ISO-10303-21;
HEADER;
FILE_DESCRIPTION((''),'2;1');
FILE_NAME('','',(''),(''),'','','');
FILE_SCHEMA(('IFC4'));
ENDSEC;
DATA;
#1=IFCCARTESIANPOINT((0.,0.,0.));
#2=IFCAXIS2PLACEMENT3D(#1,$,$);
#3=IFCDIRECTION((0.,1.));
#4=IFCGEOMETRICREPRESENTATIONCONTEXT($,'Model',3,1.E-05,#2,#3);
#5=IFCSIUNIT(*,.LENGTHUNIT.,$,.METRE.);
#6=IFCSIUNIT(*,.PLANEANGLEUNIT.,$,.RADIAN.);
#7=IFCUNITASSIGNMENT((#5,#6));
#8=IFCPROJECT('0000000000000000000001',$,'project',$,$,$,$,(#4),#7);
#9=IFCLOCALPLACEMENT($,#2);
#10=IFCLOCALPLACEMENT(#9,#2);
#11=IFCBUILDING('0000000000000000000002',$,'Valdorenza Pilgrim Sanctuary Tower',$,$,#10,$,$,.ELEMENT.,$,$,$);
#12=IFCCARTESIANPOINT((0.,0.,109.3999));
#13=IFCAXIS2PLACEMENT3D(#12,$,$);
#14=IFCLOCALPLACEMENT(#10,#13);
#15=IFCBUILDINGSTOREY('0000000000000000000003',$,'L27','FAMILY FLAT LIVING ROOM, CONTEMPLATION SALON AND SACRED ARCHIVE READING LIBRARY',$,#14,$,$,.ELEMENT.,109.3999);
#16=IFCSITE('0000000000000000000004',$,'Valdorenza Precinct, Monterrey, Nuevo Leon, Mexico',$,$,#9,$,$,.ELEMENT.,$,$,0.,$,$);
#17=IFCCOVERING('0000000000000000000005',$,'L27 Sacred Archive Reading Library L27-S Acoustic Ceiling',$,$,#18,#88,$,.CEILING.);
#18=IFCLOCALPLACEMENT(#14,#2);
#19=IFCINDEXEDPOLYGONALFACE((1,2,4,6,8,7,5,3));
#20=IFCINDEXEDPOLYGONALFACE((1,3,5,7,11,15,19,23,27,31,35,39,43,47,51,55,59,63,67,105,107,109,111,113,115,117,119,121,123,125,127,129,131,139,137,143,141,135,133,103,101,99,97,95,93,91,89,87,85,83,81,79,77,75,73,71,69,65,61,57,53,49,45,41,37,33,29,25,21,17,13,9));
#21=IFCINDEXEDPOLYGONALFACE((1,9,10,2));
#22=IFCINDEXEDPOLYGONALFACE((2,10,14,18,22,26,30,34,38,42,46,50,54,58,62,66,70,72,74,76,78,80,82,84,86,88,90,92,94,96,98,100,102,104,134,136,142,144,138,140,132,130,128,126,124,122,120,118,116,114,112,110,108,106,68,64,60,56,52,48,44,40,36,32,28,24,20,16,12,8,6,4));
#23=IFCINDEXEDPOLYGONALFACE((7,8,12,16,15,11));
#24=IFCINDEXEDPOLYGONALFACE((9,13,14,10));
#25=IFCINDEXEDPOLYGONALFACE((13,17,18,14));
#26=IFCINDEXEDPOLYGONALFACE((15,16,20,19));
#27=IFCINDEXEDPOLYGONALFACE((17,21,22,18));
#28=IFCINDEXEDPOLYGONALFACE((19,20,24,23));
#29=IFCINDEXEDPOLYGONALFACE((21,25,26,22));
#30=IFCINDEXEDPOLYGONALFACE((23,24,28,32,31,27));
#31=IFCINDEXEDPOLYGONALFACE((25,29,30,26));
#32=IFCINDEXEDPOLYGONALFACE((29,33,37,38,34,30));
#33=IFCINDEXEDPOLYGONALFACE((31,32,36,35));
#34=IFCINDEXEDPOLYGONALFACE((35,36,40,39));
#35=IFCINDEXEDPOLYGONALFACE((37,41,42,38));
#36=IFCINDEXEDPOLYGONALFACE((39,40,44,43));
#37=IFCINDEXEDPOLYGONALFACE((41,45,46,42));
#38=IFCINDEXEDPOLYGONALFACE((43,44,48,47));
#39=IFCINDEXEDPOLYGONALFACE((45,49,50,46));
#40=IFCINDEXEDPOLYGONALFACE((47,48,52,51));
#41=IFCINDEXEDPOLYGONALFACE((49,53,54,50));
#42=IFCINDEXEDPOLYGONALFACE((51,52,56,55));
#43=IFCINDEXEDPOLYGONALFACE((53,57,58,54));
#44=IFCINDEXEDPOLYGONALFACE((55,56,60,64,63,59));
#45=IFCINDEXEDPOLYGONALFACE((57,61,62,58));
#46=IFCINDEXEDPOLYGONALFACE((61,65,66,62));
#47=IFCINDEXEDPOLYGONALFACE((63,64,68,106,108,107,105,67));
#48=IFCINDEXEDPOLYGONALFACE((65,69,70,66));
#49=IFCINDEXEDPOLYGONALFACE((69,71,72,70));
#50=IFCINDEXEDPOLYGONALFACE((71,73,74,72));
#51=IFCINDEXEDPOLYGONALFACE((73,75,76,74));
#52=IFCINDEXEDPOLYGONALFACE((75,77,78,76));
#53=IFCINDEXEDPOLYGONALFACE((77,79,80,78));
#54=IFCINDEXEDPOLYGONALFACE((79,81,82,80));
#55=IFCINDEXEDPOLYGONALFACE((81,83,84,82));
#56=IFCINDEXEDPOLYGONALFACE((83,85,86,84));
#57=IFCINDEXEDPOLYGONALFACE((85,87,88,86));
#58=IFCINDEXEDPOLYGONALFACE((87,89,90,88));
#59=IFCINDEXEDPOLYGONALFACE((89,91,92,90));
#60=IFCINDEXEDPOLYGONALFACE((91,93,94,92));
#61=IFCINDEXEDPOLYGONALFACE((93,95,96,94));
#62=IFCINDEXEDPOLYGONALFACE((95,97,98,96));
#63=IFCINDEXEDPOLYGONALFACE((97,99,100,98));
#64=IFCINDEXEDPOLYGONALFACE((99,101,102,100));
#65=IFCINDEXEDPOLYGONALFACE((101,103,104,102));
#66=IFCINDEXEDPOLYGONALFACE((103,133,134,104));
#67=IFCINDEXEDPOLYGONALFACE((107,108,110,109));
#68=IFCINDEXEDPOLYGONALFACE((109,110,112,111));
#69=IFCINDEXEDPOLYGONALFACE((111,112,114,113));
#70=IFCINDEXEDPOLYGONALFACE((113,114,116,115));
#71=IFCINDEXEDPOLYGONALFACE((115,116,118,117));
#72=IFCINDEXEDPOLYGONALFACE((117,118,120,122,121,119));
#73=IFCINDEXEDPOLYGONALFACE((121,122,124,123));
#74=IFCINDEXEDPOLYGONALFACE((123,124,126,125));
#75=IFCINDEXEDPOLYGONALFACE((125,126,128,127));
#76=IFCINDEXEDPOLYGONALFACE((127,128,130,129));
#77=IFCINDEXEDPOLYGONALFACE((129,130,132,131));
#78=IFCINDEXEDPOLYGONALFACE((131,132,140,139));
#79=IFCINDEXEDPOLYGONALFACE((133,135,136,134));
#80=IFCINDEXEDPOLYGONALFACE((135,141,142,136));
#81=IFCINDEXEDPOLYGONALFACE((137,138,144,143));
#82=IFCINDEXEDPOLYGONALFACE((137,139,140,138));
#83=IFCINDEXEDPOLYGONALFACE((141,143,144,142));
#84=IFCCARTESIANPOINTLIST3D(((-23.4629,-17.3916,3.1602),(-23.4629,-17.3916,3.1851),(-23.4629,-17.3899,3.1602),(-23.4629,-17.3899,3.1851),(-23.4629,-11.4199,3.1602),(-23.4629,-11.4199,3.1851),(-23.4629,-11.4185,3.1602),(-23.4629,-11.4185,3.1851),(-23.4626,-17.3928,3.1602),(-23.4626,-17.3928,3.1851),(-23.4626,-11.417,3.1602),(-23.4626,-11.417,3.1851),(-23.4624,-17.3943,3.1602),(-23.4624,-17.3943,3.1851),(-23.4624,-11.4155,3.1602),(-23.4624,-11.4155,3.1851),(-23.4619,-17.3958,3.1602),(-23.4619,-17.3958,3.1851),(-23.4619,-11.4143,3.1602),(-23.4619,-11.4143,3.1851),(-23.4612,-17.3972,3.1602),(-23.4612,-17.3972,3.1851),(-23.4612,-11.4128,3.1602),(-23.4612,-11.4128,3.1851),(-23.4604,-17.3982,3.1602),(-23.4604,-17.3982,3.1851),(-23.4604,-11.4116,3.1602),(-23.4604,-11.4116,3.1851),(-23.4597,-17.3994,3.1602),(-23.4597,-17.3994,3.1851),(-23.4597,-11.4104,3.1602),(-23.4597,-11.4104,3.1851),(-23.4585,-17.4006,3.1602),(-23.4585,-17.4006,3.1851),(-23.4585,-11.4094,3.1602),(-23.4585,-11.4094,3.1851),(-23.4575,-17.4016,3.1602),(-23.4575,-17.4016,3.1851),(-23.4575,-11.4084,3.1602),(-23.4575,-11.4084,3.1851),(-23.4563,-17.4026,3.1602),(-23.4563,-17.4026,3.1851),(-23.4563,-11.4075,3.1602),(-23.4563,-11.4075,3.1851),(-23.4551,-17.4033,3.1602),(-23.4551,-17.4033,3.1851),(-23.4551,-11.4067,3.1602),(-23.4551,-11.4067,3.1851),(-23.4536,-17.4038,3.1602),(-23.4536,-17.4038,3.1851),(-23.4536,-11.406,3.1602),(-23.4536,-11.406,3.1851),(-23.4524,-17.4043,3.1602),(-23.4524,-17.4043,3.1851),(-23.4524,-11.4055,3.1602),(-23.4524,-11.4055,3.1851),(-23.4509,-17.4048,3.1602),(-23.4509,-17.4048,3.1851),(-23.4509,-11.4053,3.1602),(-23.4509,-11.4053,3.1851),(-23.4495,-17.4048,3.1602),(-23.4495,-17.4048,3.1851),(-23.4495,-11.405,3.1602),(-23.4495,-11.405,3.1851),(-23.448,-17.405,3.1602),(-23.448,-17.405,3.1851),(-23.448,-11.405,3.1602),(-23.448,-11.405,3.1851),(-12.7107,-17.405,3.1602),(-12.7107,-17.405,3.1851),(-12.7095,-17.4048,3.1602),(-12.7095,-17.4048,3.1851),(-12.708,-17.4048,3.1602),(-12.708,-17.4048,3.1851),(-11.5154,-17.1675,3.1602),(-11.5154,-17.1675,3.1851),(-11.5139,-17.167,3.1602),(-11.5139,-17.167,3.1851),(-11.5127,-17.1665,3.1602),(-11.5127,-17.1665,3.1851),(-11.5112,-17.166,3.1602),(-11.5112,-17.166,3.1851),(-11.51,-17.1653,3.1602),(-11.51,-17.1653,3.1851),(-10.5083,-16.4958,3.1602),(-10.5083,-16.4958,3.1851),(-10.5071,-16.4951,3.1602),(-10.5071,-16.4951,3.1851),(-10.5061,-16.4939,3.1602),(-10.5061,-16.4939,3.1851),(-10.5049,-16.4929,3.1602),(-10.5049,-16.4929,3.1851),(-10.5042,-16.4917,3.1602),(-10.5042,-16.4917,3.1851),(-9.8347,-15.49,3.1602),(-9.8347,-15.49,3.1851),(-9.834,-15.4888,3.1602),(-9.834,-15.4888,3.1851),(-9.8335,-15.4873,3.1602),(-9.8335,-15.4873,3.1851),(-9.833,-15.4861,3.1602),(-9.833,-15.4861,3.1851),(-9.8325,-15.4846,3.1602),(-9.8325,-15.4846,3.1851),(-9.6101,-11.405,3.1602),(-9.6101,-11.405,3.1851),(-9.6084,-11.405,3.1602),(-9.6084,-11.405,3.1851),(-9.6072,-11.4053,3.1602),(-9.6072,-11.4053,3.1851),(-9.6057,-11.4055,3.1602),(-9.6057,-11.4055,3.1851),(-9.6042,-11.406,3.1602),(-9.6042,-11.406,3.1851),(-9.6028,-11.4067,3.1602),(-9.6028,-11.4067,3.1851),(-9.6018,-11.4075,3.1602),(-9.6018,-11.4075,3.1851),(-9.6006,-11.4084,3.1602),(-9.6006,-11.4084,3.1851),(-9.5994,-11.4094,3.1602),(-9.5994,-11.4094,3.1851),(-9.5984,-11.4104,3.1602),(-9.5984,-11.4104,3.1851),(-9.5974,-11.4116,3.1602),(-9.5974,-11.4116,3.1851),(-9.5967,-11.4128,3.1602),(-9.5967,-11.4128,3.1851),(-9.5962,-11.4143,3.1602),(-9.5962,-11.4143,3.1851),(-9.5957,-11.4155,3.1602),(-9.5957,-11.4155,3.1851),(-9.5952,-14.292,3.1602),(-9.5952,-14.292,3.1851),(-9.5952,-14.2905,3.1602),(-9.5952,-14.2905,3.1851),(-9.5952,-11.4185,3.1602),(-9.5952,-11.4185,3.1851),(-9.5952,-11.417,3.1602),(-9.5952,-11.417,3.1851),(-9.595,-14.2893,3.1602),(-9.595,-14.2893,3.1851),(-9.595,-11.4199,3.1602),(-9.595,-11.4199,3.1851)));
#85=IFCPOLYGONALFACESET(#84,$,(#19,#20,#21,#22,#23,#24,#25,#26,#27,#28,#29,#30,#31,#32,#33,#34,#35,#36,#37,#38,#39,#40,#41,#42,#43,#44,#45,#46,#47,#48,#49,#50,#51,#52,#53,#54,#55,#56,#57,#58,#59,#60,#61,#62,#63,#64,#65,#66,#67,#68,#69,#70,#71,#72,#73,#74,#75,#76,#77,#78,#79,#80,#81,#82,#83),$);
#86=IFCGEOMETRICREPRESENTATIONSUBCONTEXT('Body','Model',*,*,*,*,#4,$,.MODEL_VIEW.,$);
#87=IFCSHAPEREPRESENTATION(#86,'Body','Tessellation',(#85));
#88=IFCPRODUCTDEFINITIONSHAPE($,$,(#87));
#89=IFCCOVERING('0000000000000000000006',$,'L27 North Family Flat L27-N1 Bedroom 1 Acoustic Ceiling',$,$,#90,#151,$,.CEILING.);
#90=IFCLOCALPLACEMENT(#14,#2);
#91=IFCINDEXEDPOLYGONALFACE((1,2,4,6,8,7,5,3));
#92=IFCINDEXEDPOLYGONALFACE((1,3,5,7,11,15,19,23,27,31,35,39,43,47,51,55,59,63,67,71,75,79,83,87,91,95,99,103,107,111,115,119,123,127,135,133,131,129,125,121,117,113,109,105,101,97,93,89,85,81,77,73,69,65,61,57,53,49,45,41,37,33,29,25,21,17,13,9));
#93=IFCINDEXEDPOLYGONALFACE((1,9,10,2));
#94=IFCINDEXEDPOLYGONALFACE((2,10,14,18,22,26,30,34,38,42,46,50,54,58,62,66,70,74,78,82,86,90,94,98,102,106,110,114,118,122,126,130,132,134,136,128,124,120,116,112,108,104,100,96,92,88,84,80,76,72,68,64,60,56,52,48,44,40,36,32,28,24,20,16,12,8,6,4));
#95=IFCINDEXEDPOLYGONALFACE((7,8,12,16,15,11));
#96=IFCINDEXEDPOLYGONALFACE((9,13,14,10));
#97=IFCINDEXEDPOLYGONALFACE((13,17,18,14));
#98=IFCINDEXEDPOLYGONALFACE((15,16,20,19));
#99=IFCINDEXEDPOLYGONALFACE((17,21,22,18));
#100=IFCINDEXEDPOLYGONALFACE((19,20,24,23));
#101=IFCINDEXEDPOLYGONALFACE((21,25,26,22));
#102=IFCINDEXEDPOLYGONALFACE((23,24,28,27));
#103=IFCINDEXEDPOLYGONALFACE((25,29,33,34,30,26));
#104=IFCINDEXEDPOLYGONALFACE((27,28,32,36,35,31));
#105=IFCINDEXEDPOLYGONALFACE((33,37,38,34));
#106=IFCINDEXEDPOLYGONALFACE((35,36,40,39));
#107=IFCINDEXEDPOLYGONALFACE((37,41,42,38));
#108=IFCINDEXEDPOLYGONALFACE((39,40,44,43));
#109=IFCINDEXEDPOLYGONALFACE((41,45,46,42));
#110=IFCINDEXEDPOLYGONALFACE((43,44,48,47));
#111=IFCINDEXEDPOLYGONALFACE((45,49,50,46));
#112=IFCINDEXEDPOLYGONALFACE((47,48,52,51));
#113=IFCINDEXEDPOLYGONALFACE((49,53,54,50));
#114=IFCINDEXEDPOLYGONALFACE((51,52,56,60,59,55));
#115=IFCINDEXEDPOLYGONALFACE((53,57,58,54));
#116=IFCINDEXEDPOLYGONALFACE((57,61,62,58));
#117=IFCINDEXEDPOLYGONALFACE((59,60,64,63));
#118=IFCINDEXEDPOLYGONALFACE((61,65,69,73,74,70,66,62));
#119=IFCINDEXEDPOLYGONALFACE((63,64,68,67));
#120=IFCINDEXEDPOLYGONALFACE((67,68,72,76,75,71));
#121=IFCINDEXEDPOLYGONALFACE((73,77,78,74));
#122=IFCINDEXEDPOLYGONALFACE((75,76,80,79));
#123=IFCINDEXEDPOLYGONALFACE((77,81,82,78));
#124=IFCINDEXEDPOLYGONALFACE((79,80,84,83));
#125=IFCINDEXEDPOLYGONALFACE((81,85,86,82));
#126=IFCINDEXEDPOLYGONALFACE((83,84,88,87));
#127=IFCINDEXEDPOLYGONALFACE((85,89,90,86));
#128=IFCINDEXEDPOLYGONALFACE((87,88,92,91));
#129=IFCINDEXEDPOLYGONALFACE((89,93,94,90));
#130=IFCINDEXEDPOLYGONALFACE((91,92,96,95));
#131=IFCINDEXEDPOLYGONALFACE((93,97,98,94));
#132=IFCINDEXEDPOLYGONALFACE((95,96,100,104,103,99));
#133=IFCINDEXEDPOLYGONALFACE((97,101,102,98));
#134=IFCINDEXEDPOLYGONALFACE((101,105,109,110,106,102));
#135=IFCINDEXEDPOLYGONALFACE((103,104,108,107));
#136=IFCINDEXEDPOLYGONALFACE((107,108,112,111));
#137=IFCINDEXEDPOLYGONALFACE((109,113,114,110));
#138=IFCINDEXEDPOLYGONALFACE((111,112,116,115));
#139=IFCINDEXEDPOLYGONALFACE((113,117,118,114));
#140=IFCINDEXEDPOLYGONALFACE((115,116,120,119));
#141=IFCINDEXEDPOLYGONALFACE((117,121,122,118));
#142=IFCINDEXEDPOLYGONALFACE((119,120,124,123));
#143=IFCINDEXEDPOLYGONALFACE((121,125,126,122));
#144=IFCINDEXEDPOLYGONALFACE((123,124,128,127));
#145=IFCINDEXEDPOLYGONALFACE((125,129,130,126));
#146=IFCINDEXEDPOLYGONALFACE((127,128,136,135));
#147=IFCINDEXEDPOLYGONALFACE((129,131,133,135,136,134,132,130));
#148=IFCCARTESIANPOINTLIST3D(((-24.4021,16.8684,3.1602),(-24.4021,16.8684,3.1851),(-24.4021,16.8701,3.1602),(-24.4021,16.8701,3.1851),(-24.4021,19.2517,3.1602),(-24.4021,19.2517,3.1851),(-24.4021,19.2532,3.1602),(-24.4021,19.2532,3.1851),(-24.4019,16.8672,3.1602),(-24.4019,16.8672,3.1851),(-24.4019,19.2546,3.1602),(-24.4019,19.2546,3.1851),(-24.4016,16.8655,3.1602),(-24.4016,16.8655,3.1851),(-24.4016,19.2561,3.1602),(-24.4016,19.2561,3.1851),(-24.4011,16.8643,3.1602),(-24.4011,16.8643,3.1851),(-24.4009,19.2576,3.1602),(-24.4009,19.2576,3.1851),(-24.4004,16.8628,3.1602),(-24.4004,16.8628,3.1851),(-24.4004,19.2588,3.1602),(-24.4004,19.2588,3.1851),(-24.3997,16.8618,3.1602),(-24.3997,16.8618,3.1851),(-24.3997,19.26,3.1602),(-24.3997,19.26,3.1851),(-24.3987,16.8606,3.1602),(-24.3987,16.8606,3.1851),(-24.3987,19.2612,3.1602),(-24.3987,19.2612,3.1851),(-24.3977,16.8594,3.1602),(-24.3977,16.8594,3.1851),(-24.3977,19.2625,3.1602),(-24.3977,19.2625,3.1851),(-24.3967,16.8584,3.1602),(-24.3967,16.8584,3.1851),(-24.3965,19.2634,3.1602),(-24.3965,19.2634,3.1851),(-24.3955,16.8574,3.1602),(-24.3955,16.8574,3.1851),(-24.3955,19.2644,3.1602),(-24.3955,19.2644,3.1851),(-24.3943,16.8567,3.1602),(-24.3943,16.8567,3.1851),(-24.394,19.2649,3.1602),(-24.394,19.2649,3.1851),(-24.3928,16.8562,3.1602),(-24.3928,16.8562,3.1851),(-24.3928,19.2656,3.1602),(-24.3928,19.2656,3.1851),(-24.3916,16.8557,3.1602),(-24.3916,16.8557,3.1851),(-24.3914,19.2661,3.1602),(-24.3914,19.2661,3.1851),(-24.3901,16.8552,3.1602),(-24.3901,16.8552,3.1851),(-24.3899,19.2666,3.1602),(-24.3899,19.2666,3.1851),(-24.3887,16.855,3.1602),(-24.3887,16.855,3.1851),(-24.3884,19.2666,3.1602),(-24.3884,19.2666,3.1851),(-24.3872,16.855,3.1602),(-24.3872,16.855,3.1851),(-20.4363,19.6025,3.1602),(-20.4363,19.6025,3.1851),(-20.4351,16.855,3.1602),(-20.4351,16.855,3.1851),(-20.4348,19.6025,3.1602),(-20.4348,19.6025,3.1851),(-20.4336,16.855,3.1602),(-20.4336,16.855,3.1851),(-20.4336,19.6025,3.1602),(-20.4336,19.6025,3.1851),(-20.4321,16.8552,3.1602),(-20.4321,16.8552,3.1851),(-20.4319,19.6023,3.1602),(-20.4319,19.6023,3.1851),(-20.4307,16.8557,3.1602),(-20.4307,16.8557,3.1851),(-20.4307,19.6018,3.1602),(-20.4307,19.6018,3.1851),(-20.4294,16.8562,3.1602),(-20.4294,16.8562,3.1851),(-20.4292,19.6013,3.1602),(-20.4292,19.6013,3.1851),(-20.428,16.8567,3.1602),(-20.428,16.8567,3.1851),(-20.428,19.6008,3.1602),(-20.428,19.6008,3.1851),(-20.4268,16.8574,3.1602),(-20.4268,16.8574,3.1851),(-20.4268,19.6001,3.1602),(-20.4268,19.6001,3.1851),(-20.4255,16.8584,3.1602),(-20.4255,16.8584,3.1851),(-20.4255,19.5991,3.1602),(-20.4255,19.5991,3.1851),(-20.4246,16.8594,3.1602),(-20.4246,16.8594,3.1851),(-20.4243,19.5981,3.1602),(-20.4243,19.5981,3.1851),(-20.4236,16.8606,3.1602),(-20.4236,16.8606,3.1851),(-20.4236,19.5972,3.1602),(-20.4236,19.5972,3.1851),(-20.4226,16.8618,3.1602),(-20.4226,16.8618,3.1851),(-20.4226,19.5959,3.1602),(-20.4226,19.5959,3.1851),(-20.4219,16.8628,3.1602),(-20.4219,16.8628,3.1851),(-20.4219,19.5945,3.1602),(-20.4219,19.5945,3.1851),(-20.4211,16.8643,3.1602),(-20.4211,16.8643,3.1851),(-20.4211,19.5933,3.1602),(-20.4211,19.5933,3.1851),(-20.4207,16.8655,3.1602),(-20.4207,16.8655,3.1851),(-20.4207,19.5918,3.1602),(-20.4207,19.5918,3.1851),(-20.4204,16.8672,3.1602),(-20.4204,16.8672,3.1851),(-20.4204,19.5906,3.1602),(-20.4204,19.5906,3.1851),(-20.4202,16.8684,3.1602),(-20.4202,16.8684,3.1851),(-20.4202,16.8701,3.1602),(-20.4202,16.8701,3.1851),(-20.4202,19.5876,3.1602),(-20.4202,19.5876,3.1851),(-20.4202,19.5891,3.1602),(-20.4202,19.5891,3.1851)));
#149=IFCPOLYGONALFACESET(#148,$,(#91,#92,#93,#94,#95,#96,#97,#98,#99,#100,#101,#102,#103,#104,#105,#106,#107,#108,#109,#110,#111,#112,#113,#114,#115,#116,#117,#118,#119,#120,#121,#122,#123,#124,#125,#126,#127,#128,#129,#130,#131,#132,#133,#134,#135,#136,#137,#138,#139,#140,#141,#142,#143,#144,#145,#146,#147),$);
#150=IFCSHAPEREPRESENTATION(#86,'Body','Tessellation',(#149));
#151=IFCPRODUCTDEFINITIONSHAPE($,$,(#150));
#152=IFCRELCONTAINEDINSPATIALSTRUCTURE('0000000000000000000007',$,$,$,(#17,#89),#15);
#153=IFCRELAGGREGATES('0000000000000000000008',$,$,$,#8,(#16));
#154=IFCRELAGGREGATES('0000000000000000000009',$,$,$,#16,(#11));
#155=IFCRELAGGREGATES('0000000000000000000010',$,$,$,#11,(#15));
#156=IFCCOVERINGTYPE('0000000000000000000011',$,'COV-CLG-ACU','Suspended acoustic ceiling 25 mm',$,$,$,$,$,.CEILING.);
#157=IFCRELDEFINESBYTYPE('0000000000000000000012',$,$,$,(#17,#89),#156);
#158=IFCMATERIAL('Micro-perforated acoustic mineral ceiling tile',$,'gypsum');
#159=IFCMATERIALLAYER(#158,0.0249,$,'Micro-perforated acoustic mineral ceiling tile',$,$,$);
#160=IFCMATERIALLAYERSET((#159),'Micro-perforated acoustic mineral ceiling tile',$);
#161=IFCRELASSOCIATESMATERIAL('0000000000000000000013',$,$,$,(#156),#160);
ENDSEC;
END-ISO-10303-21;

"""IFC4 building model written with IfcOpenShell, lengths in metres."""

from ifc_helpers import new_model, si_unit, direction, frame, origin, place, context, subcontext, project, spatial, polyline, outline, extrude, material, layer, layer_set, type_object, element, save


model = new_model("IFC4")

# Units and contexts
model_context = context("Model", 3, precision=1e-05, world=origin(), true_north=direction((0.0, 1.0)))
body_context = subcontext(model_context, "Body", "Model", "MODEL_VIEW")
ifc_project = project(units=[si_unit("LENGTHUNIT", "METRE"), si_unit("PLANEANGLEUNIT", "RADIAN")], contexts=[model_context])

# Site, building, storey
site_placement = place(None, origin())
site = spatial("IfcSite", under=ifc_project, at=site_placement, Name="Valdorenza Precinct, Monterrey, Nuevo Leon, Mexico", CompositionType="ELEMENT", RefElevation=0.0)
building_placement = place(site_placement, origin())
building = spatial("IfcBuilding", under=site, at=building_placement, Name="Valdorenza Pilgrim Sanctuary Tower", CompositionType="ELEMENT")
storey_placement = place(building_placement, frame((0.0, 0.0, 109.3999)))
storey = spatial("IfcBuildingStorey", under=building, at=storey_placement, Name="L27", Description="FAMILY FLAT LIVING ROOM, CONTEMPLATION SALON AND SACRED ARCHIVE READING LIBRARY", CompositionType="ELEMENT", Elevation=109.3999)

# Coverings
ifc_material_1 = material(Name="Micro-perforated acoustic mineral ceiling tile", Category="gypsum")
ifc_layer_1 = layer(ifc_material_1, 0.0249, Name="Micro-perforated acoustic mineral ceiling tile")
ifc_layer_set_1 = layer_set([ifc_layer_1], Name="Micro-perforated acoustic mineral ceiling tile")
covering_type_1 = type_object("IfcCoveringType", Name="COV-CLG-ACU", Description="Suspended acoustic ceiling 25 mm", PredefinedType="CEILING", material=ifc_layer_set_1)
covering_1_placement = place(storey_placement, frame((0.0, 0.0, 3.1602)))
element("IfcCovering", 1, at=covering_1_placement, inside=storey, type_object=covering_type_1, Name="L27 Sacred Archive Reading Library L27-S Acoustic Ceiling", PredefinedType="CEILING", context=body_context, shape_type="SweptSolid", body=[
    extrude(outline(polyline([(-9.6101, -11.405), (-9.6084, -11.405), (-9.6072, -11.4053), (-9.6057, -11.4055), (-9.6042, -11.406), (-9.6028, -11.4067), (-9.6018, -11.4075), (-9.6006, -11.4084), (-9.5994, -11.4094), (-9.5984, -11.4104), (-9.5974, -11.4116), (-9.5967, -11.4128), (-9.5962, -11.4143), (-9.5957, -11.4155), (-9.5952, -11.417), (-9.5952, -11.4185), (-9.595, -11.4199), (-9.595, -14.2893), (-9.5952, -14.2905), (-9.5952, -14.292), (-9.8325, -15.4846), (-9.833, -15.4861), (-9.8335, -15.4873), (-9.834, -15.4888), (-9.8347, -15.49), (-10.5042, -16.4917), (-10.5049, -16.4929), (-10.5061, -16.4939), (-10.5071, -16.4951), (-10.5083, -16.4958), (-11.51, -17.1653), (-11.5112, -17.166), (-11.5127, -17.1665), (-11.5139, -17.167), (-11.5154, -17.1675), (-12.708, -17.4048), (-12.7095, -17.4048), (-12.7107, -17.405), (-23.448, -17.405), (-23.4495, -17.4048), (-23.4509, -17.4048), (-23.4524, -17.4043), (-23.4536, -17.4038), (-23.4551, -17.4033), (-23.4563, -17.4026), (-23.4575, -17.4016), (-23.4585, -17.4006), (-23.4597, -17.3994), (-23.4604, -17.3982), (-23.4612, -17.3972), (-23.4619, -17.3958), (-23.4624, -17.3943), (-23.4626, -17.3928), (-23.4629, -17.3916), (-23.4629, -17.3899), (-23.4629, -11.4199), (-23.4629, -11.4185), (-23.4626, -11.417), (-23.4624, -11.4155), (-23.4619, -11.4143), (-23.4612, -11.4128), (-23.4604, -11.4116), (-23.4597, -11.4104), (-23.4585, -11.4094), (-23.4575, -11.4084), (-23.4563, -11.4075), (-23.4551, -11.4067), (-23.4536, -11.406), (-23.4524, -11.4055), (-23.4509, -11.4053), (-23.4495, -11.405), (-23.448, -11.405), (-9.6101, -11.405)])), origin(), (0.0, 0.0, 1.0), 0.0249),
])
covering_2_placement = place(storey_placement, frame((0.0, 0.0, 3.1602)))
element("IfcCovering", 2, at=covering_2_placement, inside=storey, type_object=covering_type_1, Name="L27 North Family Flat L27-N1 Bedroom 1 Acoustic Ceiling", PredefinedType="CEILING", context=body_context, shape_type="SweptSolid", body=[
    extrude(outline(polyline([(-24.3872, 16.855), (-24.3887, 16.855), (-24.3901, 16.8552), (-24.3916, 16.8557), (-24.3928, 16.8562), (-24.3943, 16.8567), (-24.3955, 16.8574), (-24.3967, 16.8584), (-24.3977, 16.8594), (-24.3987, 16.8606), (-24.3997, 16.8618), (-24.4004, 16.8628), (-24.4011, 16.8643), (-24.4016, 16.8655), (-24.4019, 16.8672), (-24.4021, 16.8684), (-24.4021, 16.8701), (-24.4021, 19.2517), (-24.4021, 19.2532), (-24.4019, 19.2546), (-24.4016, 19.2561), (-24.4009, 19.2576), (-24.4004, 19.2588), (-24.3997, 19.26), (-24.3987, 19.2612), (-24.3977, 19.2625), (-24.3965, 19.2634), (-24.3955, 19.2644), (-24.394, 19.2649), (-24.3928, 19.2656), (-24.3914, 19.2661), (-24.3899, 19.2666), (-24.3884, 19.2666), (-20.4363, 19.6025), (-20.4348, 19.6025), (-20.4336, 19.6025), (-20.4319, 19.6023), (-20.4307, 19.6018), (-20.4292, 19.6013), (-20.428, 19.6008), (-20.4268, 19.6001), (-20.4255, 19.5991), (-20.4243, 19.5981), (-20.4236, 19.5972), (-20.4226, 19.5959), (-20.4219, 19.5945), (-20.4211, 19.5933), (-20.4207, 19.5918), (-20.4204, 19.5906), (-20.4202, 19.5891), (-20.4202, 19.5876), (-20.4202, 16.8701), (-20.4202, 16.8684), (-20.4204, 16.8672), (-20.4207, 16.8655), (-20.4211, 16.8643), (-20.4219, 16.8628), (-20.4226, 16.8618), (-20.4236, 16.8606), (-20.4246, 16.8594), (-20.4255, 16.8584), (-20.4268, 16.8574), (-20.428, 16.8567), (-20.4294, 16.8562), (-20.4307, 16.8557), (-20.4321, 16.8552), (-20.4336, 16.855), (-20.4351, 16.855), (-24.3872, 16.855)])), origin(), (0.0, 0.0, 1.0), 0.0249),
])

save(model, "model.ifc")
